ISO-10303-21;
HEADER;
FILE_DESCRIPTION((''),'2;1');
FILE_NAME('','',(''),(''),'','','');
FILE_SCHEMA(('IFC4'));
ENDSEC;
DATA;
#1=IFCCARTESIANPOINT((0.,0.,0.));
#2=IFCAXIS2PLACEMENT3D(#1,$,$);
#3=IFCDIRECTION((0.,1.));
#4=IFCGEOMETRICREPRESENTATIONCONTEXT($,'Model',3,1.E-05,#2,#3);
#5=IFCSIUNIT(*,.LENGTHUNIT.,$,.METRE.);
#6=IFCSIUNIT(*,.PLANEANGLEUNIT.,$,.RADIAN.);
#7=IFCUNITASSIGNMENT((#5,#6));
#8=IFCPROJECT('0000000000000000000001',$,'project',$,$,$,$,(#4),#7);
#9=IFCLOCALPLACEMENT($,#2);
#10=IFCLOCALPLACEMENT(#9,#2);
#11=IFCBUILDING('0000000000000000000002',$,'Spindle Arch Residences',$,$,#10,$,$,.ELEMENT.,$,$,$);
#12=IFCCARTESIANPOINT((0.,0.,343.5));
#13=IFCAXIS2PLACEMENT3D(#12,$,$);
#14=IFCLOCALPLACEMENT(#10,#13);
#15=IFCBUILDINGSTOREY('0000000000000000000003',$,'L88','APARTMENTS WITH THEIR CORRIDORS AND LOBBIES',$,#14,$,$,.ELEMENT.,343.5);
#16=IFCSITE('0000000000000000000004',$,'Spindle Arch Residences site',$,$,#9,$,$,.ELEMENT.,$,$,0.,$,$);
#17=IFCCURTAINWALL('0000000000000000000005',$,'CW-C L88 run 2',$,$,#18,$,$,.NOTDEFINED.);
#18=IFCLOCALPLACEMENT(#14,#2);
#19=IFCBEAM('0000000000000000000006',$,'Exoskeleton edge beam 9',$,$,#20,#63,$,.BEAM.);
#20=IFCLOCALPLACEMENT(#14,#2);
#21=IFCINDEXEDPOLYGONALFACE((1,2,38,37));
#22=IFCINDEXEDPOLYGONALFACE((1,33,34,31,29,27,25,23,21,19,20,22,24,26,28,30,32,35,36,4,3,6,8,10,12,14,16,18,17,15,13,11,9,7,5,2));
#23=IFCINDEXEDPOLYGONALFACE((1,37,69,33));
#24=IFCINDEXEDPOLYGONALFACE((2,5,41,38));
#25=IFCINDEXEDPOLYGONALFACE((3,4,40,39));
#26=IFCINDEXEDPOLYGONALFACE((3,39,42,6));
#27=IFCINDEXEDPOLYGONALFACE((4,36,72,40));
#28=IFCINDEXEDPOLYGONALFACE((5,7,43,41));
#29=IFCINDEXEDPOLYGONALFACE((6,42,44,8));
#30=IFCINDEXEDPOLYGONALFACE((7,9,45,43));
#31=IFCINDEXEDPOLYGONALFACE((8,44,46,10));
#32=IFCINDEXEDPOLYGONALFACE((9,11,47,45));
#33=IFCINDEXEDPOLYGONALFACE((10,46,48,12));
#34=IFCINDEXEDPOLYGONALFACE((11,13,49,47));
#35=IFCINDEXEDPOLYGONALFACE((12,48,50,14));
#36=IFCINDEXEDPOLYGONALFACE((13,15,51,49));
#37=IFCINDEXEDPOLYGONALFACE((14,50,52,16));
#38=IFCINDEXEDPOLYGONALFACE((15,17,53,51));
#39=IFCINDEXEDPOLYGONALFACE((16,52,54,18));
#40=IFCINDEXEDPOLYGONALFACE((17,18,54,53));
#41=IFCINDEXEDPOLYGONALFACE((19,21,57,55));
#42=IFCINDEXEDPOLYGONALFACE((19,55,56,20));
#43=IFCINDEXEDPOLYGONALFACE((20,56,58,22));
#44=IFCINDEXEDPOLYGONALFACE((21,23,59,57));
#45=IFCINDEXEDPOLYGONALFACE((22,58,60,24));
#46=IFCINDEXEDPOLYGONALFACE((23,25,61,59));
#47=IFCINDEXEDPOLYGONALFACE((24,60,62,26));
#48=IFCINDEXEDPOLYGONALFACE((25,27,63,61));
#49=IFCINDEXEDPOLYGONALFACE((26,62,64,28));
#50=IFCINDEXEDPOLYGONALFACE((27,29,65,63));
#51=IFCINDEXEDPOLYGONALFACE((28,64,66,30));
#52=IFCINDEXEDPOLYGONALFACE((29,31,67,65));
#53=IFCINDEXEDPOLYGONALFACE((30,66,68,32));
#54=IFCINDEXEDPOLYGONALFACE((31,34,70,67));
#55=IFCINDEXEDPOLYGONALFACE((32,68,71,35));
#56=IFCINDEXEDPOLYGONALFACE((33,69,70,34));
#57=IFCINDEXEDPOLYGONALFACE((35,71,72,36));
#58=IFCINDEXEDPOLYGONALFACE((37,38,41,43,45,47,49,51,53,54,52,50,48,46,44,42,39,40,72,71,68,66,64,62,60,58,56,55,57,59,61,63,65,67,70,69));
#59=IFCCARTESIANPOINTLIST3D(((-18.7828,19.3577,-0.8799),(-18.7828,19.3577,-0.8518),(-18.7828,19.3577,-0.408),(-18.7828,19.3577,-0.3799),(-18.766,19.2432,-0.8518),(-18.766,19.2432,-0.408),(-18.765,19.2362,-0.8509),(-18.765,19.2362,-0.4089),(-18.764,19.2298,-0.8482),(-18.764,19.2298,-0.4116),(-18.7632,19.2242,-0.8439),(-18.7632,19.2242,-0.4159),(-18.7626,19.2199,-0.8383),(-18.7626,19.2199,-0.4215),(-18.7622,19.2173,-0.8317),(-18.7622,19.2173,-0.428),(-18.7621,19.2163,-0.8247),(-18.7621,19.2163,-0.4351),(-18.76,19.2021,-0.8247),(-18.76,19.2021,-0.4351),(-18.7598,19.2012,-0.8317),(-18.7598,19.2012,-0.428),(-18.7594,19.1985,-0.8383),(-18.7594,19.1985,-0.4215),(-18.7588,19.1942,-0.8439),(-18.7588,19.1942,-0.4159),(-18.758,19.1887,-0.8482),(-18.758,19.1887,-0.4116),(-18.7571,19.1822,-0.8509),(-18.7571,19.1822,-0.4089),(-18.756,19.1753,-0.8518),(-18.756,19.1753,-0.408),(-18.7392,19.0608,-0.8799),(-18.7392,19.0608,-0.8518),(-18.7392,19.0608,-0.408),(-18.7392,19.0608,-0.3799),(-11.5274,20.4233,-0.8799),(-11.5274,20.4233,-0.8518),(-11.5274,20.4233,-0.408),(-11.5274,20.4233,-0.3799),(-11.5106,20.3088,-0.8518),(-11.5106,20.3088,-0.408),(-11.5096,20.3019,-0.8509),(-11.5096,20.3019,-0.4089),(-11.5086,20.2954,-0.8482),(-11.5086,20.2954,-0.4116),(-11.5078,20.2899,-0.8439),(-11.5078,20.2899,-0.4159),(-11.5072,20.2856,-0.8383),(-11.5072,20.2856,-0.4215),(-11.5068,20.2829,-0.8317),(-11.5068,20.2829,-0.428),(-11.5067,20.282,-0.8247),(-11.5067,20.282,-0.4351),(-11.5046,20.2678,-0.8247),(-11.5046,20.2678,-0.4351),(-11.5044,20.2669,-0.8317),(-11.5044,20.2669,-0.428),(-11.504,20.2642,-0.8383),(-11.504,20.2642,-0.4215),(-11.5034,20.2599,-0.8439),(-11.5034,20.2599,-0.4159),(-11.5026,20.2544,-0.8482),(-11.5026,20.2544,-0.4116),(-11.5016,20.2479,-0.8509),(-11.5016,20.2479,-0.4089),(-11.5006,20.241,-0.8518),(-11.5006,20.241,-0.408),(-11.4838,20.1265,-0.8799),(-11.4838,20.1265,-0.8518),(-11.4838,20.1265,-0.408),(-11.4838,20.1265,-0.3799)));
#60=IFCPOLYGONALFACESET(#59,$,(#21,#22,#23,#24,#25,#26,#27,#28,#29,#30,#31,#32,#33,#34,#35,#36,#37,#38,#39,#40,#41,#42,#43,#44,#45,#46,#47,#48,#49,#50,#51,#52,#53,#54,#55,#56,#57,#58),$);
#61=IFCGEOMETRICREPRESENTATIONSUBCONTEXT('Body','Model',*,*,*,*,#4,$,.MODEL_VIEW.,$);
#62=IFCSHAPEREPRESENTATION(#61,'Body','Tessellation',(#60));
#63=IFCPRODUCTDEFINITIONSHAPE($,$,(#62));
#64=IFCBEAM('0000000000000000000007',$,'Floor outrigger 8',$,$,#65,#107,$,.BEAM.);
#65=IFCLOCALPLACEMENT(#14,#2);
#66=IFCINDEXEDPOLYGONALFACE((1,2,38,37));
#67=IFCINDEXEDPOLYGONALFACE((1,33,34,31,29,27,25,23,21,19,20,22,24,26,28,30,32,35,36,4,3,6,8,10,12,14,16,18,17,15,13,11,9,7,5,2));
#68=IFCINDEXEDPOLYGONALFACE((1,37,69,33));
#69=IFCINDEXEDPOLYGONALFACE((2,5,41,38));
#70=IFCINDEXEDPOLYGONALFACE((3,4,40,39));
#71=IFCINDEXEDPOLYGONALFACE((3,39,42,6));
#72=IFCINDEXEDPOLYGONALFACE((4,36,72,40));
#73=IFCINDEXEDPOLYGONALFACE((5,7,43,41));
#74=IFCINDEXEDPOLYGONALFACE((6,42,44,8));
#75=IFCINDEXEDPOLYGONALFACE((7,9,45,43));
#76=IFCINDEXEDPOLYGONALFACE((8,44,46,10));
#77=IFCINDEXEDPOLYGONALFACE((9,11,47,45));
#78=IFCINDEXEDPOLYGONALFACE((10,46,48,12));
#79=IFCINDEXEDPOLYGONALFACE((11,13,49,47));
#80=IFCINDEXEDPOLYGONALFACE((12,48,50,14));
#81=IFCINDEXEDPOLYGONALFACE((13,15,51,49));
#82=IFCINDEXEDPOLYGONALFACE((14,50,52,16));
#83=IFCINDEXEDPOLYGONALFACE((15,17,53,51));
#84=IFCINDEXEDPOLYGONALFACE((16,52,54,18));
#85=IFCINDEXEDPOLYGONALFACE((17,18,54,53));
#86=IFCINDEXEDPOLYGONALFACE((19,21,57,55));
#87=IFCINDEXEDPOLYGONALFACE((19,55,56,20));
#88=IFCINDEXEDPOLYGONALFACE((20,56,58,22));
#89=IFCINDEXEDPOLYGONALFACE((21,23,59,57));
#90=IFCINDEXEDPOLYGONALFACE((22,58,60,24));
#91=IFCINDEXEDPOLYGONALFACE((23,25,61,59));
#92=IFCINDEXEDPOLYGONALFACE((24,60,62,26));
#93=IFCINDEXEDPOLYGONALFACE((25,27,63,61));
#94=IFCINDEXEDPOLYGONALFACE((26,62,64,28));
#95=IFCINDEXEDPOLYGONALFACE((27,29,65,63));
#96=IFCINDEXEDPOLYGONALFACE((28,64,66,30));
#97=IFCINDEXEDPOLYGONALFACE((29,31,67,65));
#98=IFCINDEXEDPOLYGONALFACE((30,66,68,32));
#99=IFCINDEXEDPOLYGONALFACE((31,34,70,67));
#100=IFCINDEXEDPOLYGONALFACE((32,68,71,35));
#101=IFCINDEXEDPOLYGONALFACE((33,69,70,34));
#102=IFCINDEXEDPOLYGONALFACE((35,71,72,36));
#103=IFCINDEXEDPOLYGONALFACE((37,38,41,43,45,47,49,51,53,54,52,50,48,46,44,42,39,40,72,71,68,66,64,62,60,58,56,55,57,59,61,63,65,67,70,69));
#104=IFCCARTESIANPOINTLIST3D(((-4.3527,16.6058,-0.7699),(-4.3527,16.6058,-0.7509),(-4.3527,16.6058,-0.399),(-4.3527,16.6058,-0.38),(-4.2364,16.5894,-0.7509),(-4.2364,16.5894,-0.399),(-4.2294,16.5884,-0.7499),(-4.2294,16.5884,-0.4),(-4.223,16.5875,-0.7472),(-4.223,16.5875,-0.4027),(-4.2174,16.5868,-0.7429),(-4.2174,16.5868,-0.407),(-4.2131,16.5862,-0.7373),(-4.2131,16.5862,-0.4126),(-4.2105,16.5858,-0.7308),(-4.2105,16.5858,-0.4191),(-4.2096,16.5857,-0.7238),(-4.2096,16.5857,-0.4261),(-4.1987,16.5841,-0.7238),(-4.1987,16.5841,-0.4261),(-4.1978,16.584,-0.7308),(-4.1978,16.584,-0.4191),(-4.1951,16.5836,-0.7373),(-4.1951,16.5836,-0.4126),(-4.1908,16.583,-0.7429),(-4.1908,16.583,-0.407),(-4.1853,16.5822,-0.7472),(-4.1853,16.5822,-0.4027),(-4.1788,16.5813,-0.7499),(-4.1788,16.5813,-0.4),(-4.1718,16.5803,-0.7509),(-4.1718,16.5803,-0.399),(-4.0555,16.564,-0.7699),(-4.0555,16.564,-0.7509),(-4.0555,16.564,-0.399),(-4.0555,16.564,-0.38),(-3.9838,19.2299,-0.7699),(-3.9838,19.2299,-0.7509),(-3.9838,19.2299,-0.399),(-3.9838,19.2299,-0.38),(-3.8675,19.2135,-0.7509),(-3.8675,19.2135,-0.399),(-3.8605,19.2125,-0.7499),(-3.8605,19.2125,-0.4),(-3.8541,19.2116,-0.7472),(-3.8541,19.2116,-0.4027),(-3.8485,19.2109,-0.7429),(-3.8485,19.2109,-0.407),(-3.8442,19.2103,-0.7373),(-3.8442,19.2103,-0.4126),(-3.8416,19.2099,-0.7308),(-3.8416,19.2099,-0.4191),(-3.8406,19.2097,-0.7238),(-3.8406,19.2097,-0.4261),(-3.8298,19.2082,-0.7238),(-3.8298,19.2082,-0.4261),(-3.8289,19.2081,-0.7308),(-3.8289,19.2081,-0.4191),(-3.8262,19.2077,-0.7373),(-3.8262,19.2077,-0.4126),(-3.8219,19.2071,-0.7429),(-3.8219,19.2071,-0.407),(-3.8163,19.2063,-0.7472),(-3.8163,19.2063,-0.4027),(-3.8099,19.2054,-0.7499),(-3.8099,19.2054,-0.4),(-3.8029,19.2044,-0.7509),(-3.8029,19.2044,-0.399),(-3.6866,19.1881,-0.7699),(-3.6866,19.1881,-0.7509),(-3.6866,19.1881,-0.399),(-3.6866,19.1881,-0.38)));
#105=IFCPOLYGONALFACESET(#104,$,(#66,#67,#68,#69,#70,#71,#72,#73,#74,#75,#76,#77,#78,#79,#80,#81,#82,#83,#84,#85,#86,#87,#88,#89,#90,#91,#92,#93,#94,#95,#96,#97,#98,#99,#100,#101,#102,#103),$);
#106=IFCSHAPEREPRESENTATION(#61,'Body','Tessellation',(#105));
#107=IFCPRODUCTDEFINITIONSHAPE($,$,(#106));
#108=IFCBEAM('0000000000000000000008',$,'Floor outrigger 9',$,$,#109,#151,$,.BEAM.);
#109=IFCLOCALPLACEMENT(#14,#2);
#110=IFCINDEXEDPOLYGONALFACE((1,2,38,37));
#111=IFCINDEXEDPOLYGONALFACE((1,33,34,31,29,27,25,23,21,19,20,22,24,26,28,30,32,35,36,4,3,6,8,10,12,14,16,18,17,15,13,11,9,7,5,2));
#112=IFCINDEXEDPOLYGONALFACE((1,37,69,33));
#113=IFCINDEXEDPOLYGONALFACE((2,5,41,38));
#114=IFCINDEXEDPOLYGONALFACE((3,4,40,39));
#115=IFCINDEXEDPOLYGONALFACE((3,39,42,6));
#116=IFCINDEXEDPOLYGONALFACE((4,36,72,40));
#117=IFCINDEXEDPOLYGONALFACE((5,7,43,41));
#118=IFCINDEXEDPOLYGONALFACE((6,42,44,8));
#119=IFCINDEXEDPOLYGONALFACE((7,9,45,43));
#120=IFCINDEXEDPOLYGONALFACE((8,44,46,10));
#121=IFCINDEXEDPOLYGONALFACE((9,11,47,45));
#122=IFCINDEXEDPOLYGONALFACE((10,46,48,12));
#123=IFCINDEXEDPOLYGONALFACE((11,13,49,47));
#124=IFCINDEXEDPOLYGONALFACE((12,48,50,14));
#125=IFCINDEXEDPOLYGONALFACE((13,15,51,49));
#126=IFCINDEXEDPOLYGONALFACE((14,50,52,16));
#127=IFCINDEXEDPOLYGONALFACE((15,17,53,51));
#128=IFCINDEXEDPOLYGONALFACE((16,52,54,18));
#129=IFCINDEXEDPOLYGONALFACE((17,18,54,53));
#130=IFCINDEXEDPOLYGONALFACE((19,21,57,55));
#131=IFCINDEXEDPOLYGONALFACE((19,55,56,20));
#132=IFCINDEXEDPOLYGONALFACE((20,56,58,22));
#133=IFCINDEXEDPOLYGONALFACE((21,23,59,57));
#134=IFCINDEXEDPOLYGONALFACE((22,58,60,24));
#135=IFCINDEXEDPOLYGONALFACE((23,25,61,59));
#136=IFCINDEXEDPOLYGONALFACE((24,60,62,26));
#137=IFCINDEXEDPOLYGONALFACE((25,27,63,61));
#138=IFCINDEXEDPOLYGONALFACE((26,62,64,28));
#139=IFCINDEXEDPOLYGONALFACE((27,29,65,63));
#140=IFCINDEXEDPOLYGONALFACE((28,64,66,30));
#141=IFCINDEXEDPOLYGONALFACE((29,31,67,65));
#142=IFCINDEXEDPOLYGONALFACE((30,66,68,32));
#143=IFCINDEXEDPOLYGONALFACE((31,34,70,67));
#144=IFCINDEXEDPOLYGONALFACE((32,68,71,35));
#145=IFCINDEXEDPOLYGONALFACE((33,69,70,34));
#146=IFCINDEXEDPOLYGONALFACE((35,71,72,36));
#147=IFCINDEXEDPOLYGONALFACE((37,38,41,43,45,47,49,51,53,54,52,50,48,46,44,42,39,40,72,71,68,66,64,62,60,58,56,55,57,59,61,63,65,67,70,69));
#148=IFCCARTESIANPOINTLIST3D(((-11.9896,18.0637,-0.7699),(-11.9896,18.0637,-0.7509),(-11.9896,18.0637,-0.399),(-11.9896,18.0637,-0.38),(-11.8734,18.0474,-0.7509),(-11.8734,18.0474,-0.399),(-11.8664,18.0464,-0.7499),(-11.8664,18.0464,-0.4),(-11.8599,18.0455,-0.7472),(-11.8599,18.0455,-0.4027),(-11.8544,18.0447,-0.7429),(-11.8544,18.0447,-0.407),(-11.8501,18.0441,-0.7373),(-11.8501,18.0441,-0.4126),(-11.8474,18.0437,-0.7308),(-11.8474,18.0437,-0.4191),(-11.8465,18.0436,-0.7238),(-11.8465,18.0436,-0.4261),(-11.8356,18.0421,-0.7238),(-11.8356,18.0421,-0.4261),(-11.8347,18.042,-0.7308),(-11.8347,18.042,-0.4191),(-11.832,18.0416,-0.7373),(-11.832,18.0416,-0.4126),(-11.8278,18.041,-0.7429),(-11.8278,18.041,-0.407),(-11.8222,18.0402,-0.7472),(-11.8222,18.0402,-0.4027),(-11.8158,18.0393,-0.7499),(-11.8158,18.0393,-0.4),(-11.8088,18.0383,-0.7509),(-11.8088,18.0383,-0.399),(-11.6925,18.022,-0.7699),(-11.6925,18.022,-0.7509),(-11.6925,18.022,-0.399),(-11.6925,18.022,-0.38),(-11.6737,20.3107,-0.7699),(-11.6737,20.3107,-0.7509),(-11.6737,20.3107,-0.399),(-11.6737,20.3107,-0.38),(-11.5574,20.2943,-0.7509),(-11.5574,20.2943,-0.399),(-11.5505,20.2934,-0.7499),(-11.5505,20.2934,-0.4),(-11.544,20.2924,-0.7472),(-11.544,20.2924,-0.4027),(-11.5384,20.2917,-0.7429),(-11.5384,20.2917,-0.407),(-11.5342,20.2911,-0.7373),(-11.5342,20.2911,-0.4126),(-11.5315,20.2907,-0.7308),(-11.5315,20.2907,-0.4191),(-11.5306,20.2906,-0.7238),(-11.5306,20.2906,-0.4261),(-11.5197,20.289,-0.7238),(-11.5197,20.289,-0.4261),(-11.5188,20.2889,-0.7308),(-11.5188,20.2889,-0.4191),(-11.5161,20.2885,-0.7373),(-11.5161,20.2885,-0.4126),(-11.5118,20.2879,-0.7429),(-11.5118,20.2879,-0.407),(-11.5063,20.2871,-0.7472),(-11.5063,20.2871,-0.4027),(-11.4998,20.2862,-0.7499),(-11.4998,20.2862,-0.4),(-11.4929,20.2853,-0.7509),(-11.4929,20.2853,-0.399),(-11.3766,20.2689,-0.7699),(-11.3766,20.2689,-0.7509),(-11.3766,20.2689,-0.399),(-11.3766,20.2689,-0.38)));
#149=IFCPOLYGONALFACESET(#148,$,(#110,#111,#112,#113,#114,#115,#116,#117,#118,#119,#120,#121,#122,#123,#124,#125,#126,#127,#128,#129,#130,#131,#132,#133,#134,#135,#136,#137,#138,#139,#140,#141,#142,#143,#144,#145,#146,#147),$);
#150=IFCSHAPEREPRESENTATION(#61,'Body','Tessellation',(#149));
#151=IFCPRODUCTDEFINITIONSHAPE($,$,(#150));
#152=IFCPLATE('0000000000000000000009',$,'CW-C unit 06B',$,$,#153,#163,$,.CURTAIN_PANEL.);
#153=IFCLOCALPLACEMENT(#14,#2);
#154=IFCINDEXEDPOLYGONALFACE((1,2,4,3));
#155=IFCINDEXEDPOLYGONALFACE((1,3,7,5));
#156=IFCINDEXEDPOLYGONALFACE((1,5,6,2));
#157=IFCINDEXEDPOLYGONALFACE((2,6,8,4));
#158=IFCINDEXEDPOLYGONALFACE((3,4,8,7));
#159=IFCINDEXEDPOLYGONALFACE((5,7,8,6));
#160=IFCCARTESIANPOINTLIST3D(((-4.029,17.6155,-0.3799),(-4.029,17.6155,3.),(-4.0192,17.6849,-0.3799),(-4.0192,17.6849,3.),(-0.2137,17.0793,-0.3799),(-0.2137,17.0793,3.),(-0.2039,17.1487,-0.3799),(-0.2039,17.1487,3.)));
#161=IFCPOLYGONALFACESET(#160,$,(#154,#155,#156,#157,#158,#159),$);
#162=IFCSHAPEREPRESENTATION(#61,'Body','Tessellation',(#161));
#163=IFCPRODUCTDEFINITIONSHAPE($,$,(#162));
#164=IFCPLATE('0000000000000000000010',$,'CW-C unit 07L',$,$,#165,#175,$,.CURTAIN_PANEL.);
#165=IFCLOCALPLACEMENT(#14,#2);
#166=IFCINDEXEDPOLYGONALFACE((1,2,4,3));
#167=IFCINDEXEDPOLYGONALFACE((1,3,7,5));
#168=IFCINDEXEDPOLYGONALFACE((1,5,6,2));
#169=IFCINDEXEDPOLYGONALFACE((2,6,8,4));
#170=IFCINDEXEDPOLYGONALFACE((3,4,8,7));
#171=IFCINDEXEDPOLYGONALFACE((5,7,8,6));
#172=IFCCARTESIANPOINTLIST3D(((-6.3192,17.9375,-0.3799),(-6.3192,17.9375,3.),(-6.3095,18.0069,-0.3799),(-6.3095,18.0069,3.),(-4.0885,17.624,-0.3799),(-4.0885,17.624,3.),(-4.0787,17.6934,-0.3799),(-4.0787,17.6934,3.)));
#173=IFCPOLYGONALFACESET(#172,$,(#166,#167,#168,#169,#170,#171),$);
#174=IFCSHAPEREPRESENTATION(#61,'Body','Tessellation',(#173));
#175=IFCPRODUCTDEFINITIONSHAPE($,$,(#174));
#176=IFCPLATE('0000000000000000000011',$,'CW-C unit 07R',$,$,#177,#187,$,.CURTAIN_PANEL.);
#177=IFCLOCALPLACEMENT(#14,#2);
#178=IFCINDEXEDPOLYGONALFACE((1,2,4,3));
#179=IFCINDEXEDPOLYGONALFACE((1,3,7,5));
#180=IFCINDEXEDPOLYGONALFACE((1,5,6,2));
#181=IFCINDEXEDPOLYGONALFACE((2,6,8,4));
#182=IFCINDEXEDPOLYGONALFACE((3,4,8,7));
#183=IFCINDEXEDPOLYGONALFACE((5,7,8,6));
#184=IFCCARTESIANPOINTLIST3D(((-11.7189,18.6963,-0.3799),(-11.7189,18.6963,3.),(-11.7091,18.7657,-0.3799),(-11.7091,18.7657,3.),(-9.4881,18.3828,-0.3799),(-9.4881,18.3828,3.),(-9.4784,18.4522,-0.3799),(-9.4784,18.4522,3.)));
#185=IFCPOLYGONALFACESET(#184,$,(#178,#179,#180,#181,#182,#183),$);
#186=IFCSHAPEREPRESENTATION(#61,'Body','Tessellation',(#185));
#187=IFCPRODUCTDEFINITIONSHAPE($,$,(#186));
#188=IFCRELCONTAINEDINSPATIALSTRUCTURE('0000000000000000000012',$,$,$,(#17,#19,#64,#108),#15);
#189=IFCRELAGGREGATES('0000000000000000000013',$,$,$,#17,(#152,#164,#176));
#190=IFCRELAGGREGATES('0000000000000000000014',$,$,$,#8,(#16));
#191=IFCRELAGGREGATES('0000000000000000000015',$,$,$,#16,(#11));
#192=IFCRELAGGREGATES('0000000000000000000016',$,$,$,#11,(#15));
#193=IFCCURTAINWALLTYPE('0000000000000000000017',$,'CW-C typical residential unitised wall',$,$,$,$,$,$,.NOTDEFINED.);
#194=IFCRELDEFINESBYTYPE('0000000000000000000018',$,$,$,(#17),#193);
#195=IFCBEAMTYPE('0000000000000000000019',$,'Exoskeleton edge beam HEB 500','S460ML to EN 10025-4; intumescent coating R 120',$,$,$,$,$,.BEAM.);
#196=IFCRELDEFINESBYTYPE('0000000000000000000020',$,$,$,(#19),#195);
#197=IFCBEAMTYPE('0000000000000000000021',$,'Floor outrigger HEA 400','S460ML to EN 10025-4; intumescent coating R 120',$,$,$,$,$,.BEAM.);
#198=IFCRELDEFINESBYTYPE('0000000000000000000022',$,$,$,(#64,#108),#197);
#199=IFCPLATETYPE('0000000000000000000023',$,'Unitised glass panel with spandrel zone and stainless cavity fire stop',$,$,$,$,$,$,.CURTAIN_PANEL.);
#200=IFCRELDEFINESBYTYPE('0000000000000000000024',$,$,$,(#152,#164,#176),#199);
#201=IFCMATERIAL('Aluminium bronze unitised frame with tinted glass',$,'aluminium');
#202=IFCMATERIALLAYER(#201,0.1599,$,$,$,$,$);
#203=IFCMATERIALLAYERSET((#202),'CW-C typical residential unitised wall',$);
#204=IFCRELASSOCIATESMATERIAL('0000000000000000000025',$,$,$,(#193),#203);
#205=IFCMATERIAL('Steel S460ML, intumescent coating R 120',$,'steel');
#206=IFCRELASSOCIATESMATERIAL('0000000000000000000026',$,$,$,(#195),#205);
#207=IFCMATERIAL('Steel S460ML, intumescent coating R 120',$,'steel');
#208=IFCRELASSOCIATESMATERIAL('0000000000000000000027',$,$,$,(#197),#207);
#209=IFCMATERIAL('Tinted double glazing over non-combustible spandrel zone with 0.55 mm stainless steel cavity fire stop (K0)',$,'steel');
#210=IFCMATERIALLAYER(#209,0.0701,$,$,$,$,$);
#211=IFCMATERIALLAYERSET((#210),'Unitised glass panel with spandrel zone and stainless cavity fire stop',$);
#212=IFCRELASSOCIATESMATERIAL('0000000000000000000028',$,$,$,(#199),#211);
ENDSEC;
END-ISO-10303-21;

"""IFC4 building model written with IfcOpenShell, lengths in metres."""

from ifc_helpers import new_model, si_unit, direction, frame, origin, origin_2d, place, context, subcontext, project, spatial, rectangle, i_section, extrude, material, layer, layer_set, material_profile, profile_set, type_object, element, aggregate, save


model = new_model("IFC4")

# Units and contexts
model_context = context("Model", 3, precision=1e-05, world=origin(), true_north=direction((0.0, 1.0)))
body_context = subcontext(model_context, "Body", "Model", "MODEL_VIEW")
ifc_project = project(units=[si_unit("LENGTHUNIT", "METRE"), si_unit("PLANEANGLEUNIT", "RADIAN")], contexts=[model_context])

# Site, building, storey
site_placement = place(None, origin())
site = spatial("IfcSite", under=ifc_project, at=site_placement, Name="Spindle Arch Residences site", CompositionType="ELEMENT", RefElevation=0.0)
building_placement = place(site_placement, origin())
building = spatial("IfcBuilding", under=site, at=building_placement, Name="Spindle Arch Residences", CompositionType="ELEMENT")
storey_placement = place(building_placement, frame((0.0, 0.0, 343.5)))
storey = spatial("IfcBuildingStorey", under=building, at=storey_placement, Name="L88", Description="APARTMENTS WITH THEIR CORRIDORS AND LOBBIES", CompositionType="ELEMENT", Elevation=343.5)

# Curtain wall
ifc_material_1 = material(Name="Aluminium bronze unitised frame with tinted glass", Category="aluminium")
ifc_layer_1 = layer(ifc_material_1, 0.1599)
ifc_layer_set_1 = layer_set([ifc_layer_1], Name="CW-C typical residential unitised wall")
curtain_wall_type_1 = type_object("IfcCurtainWallType", Name="CW-C typical residential unitised wall", PredefinedType="NOTDEFINED", material=ifc_layer_set_1)
curtain_wall_1_placement = place(storey_placement, origin())
curtain_wall_1 = element("IfcCurtainWall", 1, at=curtain_wall_1_placement, inside=storey, type_object=curtain_wall_type_1, Name="CW-C L88 run 2", PredefinedType="NOTDEFINED")

# Beams
ifc_material_2 = material(Name="Steel S460ML, intumescent coating R 120", Category="steel")
ifc_material_profile_1 = material_profile(ifc_material_2, i_section(OverallWidth=0.3, OverallDepth=0.5, WebThickness=0.0144, FlangeThickness=0.0281, FilletRadius=0.0271, at=origin_2d()), Name="HEB 500")
ifc_profile_set_1 = profile_set([ifc_material_profile_1], Name="Steel S460ML, intumescent coating R 120")
beam_type_1 = type_object("IfcBeamType", Name="Exoskeleton edge beam HEB 500", Description="S460ML to EN 10025-4; intumescent coating R 120", PredefinedType="BEAM", material=ifc_profile_set_1)
beam_1_placement = place(storey_placement, frame((-11.5056, 20.2749, -0.6299), z_axis=(-0.989384, -0.145321, 0.0), x_axis=(0.145321, -0.989384, 0.0)))
element("IfcBeam", 2, at=beam_1_placement, inside=storey, type_object=beam_type_1, Name="Exoskeleton edge beam 9", PredefinedType="BEAM", context=body_context, shape_type="SweptSolid", body=[
    extrude(i_section(OverallWidth=0.3, OverallDepth=0.5, WebThickness=0.0144, FlangeThickness=0.0281, FilletRadius=0.0271, at=origin_2d()), origin(), (0.0, 0.0, 1.0), 7.3333),
])
ifc_material_3 = material(Name="Steel S460ML, intumescent coating R 120", Category="steel")
ifc_material_profile_2 = material_profile(ifc_material_3, i_section(OverallWidth=0.3, OverallDepth=0.3899, WebThickness=0.011, FlangeThickness=0.019, FilletRadius=0.0271, at=origin_2d()), Name="HEA 400")
ifc_profile_set_2 = profile_set([ifc_material_profile_2], Name="Steel S460ML, intumescent coating R 120")
beam_type_2 = type_object("IfcBeamType", Name="Floor outrigger HEA 400", Description="S460ML to EN 10025-4; intumescent coating R 120", PredefinedType="BEAM", material=ifc_profile_set_2)
beam_2_placement = place(storey_placement, frame((-3.8352, 19.209, -0.575), z_axis=(-0.139215, -0.990262, 0.0), x_axis=(0.990262, -0.139215, 0.0)))
element("IfcBeam", 3, at=beam_2_placement, inside=storey, type_object=beam_type_2, Name="Floor outrigger 8", PredefinedType="BEAM", context=body_context, shape_type="SweptSolid", body=[
    extrude(i_section(OverallWidth=0.3, OverallDepth=0.3899, WebThickness=0.011, FlangeThickness=0.019, FilletRadius=0.0271, at=origin_2d()), origin(), (0.0, 0.0, 1.0), 2.6499),
])
beam_3_placement = place(storey_placement, frame((-11.5251, 20.2898, -0.575), z_axis=(-0.139237, -0.990259, 0.0), x_axis=(0.990259, -0.139237, 0.0)))
element("IfcBeam", 4, at=beam_3_placement, inside=storey, type_object=beam_type_2, Name="Floor outrigger 9", PredefinedType="BEAM", context=body_context, shape_type="SweptSolid", body=[
    extrude(i_section(OverallWidth=0.3, OverallDepth=0.3899, WebThickness=0.011, FlangeThickness=0.019, FilletRadius=0.0271, at=origin_2d()), origin(), (0.0, 0.0, 1.0), 2.269),
])

# Plates
ifc_material_4 = material(Name="Tinted double glazing over non-combustible spandrel zone with 0.55 mm stainless steel cavity fire stop (K0)", Category="steel")
ifc_layer_2 = layer(ifc_material_4, 0.0701)
ifc_layer_set_2 = layer_set([ifc_layer_2], Name="Unitised glass panel with spandrel zone and stainless cavity fire stop")
plate_type = type_object("IfcPlateType", Name="Unitised glass panel with spandrel zone and stainless cavity fire stop", PredefinedType="CURTAIN_PANEL", material=ifc_layer_set_2)
plate_1_placement = place(storey_placement, frame((-2.1165, 17.3821, -0.3799), z_axis=(0.0, 0.0, 1.0), x_axis=(-0.990268, 0.139173, 0.0)))
plate_1 = element("IfcPlate", 5, at=plate_1_placement, type_object=plate_type, Name="CW-C unit 06B", PredefinedType="CURTAIN_PANEL", context=body_context, shape_type="SweptSolid", body=[
    extrude(rectangle(XDim=3.8528, YDim=0.0701, at=origin_2d()), origin(), (0.0, 0.0, 1.0), 3.3799),
])
plate_2_placement = place(storey_placement, frame((-5.199, 17.8154, -0.3799), z_axis=(0.0, 0.0, 1.0), x_axis=(-0.990268, 0.139173, 0.0)))
plate_2 = element("IfcPlate", 6, at=plate_2_placement, type_object=plate_type, Name="CW-C unit 07L", PredefinedType="CURTAIN_PANEL", context=body_context, shape_type="SweptSolid", body=[
    extrude(rectangle(XDim=2.2527, YDim=0.0701, at=origin_2d()), origin(), (0.0, 0.0, 1.0), 3.3799),
])
plate_3_placement = place(storey_placement, frame((-10.5986, 18.5742, -0.3799), z_axis=(0.0, 0.0, 1.0), x_axis=(-0.990268, 0.139173, 0.0)))
plate_3 = element("IfcPlate", 7, at=plate_3_placement, type_object=plate_type, Name="CW-C unit 07R", PredefinedType="CURTAIN_PANEL", context=body_context, shape_type="SweptSolid", body=[
    extrude(rectangle(XDim=2.2527, YDim=0.0701, at=origin_2d()), origin(), (0.0, 0.0, 1.0), 3.3799),
])
aggregate(curtain_wall_1, [plate_1, plate_2, plate_3])

save(model, "model.ifc")
